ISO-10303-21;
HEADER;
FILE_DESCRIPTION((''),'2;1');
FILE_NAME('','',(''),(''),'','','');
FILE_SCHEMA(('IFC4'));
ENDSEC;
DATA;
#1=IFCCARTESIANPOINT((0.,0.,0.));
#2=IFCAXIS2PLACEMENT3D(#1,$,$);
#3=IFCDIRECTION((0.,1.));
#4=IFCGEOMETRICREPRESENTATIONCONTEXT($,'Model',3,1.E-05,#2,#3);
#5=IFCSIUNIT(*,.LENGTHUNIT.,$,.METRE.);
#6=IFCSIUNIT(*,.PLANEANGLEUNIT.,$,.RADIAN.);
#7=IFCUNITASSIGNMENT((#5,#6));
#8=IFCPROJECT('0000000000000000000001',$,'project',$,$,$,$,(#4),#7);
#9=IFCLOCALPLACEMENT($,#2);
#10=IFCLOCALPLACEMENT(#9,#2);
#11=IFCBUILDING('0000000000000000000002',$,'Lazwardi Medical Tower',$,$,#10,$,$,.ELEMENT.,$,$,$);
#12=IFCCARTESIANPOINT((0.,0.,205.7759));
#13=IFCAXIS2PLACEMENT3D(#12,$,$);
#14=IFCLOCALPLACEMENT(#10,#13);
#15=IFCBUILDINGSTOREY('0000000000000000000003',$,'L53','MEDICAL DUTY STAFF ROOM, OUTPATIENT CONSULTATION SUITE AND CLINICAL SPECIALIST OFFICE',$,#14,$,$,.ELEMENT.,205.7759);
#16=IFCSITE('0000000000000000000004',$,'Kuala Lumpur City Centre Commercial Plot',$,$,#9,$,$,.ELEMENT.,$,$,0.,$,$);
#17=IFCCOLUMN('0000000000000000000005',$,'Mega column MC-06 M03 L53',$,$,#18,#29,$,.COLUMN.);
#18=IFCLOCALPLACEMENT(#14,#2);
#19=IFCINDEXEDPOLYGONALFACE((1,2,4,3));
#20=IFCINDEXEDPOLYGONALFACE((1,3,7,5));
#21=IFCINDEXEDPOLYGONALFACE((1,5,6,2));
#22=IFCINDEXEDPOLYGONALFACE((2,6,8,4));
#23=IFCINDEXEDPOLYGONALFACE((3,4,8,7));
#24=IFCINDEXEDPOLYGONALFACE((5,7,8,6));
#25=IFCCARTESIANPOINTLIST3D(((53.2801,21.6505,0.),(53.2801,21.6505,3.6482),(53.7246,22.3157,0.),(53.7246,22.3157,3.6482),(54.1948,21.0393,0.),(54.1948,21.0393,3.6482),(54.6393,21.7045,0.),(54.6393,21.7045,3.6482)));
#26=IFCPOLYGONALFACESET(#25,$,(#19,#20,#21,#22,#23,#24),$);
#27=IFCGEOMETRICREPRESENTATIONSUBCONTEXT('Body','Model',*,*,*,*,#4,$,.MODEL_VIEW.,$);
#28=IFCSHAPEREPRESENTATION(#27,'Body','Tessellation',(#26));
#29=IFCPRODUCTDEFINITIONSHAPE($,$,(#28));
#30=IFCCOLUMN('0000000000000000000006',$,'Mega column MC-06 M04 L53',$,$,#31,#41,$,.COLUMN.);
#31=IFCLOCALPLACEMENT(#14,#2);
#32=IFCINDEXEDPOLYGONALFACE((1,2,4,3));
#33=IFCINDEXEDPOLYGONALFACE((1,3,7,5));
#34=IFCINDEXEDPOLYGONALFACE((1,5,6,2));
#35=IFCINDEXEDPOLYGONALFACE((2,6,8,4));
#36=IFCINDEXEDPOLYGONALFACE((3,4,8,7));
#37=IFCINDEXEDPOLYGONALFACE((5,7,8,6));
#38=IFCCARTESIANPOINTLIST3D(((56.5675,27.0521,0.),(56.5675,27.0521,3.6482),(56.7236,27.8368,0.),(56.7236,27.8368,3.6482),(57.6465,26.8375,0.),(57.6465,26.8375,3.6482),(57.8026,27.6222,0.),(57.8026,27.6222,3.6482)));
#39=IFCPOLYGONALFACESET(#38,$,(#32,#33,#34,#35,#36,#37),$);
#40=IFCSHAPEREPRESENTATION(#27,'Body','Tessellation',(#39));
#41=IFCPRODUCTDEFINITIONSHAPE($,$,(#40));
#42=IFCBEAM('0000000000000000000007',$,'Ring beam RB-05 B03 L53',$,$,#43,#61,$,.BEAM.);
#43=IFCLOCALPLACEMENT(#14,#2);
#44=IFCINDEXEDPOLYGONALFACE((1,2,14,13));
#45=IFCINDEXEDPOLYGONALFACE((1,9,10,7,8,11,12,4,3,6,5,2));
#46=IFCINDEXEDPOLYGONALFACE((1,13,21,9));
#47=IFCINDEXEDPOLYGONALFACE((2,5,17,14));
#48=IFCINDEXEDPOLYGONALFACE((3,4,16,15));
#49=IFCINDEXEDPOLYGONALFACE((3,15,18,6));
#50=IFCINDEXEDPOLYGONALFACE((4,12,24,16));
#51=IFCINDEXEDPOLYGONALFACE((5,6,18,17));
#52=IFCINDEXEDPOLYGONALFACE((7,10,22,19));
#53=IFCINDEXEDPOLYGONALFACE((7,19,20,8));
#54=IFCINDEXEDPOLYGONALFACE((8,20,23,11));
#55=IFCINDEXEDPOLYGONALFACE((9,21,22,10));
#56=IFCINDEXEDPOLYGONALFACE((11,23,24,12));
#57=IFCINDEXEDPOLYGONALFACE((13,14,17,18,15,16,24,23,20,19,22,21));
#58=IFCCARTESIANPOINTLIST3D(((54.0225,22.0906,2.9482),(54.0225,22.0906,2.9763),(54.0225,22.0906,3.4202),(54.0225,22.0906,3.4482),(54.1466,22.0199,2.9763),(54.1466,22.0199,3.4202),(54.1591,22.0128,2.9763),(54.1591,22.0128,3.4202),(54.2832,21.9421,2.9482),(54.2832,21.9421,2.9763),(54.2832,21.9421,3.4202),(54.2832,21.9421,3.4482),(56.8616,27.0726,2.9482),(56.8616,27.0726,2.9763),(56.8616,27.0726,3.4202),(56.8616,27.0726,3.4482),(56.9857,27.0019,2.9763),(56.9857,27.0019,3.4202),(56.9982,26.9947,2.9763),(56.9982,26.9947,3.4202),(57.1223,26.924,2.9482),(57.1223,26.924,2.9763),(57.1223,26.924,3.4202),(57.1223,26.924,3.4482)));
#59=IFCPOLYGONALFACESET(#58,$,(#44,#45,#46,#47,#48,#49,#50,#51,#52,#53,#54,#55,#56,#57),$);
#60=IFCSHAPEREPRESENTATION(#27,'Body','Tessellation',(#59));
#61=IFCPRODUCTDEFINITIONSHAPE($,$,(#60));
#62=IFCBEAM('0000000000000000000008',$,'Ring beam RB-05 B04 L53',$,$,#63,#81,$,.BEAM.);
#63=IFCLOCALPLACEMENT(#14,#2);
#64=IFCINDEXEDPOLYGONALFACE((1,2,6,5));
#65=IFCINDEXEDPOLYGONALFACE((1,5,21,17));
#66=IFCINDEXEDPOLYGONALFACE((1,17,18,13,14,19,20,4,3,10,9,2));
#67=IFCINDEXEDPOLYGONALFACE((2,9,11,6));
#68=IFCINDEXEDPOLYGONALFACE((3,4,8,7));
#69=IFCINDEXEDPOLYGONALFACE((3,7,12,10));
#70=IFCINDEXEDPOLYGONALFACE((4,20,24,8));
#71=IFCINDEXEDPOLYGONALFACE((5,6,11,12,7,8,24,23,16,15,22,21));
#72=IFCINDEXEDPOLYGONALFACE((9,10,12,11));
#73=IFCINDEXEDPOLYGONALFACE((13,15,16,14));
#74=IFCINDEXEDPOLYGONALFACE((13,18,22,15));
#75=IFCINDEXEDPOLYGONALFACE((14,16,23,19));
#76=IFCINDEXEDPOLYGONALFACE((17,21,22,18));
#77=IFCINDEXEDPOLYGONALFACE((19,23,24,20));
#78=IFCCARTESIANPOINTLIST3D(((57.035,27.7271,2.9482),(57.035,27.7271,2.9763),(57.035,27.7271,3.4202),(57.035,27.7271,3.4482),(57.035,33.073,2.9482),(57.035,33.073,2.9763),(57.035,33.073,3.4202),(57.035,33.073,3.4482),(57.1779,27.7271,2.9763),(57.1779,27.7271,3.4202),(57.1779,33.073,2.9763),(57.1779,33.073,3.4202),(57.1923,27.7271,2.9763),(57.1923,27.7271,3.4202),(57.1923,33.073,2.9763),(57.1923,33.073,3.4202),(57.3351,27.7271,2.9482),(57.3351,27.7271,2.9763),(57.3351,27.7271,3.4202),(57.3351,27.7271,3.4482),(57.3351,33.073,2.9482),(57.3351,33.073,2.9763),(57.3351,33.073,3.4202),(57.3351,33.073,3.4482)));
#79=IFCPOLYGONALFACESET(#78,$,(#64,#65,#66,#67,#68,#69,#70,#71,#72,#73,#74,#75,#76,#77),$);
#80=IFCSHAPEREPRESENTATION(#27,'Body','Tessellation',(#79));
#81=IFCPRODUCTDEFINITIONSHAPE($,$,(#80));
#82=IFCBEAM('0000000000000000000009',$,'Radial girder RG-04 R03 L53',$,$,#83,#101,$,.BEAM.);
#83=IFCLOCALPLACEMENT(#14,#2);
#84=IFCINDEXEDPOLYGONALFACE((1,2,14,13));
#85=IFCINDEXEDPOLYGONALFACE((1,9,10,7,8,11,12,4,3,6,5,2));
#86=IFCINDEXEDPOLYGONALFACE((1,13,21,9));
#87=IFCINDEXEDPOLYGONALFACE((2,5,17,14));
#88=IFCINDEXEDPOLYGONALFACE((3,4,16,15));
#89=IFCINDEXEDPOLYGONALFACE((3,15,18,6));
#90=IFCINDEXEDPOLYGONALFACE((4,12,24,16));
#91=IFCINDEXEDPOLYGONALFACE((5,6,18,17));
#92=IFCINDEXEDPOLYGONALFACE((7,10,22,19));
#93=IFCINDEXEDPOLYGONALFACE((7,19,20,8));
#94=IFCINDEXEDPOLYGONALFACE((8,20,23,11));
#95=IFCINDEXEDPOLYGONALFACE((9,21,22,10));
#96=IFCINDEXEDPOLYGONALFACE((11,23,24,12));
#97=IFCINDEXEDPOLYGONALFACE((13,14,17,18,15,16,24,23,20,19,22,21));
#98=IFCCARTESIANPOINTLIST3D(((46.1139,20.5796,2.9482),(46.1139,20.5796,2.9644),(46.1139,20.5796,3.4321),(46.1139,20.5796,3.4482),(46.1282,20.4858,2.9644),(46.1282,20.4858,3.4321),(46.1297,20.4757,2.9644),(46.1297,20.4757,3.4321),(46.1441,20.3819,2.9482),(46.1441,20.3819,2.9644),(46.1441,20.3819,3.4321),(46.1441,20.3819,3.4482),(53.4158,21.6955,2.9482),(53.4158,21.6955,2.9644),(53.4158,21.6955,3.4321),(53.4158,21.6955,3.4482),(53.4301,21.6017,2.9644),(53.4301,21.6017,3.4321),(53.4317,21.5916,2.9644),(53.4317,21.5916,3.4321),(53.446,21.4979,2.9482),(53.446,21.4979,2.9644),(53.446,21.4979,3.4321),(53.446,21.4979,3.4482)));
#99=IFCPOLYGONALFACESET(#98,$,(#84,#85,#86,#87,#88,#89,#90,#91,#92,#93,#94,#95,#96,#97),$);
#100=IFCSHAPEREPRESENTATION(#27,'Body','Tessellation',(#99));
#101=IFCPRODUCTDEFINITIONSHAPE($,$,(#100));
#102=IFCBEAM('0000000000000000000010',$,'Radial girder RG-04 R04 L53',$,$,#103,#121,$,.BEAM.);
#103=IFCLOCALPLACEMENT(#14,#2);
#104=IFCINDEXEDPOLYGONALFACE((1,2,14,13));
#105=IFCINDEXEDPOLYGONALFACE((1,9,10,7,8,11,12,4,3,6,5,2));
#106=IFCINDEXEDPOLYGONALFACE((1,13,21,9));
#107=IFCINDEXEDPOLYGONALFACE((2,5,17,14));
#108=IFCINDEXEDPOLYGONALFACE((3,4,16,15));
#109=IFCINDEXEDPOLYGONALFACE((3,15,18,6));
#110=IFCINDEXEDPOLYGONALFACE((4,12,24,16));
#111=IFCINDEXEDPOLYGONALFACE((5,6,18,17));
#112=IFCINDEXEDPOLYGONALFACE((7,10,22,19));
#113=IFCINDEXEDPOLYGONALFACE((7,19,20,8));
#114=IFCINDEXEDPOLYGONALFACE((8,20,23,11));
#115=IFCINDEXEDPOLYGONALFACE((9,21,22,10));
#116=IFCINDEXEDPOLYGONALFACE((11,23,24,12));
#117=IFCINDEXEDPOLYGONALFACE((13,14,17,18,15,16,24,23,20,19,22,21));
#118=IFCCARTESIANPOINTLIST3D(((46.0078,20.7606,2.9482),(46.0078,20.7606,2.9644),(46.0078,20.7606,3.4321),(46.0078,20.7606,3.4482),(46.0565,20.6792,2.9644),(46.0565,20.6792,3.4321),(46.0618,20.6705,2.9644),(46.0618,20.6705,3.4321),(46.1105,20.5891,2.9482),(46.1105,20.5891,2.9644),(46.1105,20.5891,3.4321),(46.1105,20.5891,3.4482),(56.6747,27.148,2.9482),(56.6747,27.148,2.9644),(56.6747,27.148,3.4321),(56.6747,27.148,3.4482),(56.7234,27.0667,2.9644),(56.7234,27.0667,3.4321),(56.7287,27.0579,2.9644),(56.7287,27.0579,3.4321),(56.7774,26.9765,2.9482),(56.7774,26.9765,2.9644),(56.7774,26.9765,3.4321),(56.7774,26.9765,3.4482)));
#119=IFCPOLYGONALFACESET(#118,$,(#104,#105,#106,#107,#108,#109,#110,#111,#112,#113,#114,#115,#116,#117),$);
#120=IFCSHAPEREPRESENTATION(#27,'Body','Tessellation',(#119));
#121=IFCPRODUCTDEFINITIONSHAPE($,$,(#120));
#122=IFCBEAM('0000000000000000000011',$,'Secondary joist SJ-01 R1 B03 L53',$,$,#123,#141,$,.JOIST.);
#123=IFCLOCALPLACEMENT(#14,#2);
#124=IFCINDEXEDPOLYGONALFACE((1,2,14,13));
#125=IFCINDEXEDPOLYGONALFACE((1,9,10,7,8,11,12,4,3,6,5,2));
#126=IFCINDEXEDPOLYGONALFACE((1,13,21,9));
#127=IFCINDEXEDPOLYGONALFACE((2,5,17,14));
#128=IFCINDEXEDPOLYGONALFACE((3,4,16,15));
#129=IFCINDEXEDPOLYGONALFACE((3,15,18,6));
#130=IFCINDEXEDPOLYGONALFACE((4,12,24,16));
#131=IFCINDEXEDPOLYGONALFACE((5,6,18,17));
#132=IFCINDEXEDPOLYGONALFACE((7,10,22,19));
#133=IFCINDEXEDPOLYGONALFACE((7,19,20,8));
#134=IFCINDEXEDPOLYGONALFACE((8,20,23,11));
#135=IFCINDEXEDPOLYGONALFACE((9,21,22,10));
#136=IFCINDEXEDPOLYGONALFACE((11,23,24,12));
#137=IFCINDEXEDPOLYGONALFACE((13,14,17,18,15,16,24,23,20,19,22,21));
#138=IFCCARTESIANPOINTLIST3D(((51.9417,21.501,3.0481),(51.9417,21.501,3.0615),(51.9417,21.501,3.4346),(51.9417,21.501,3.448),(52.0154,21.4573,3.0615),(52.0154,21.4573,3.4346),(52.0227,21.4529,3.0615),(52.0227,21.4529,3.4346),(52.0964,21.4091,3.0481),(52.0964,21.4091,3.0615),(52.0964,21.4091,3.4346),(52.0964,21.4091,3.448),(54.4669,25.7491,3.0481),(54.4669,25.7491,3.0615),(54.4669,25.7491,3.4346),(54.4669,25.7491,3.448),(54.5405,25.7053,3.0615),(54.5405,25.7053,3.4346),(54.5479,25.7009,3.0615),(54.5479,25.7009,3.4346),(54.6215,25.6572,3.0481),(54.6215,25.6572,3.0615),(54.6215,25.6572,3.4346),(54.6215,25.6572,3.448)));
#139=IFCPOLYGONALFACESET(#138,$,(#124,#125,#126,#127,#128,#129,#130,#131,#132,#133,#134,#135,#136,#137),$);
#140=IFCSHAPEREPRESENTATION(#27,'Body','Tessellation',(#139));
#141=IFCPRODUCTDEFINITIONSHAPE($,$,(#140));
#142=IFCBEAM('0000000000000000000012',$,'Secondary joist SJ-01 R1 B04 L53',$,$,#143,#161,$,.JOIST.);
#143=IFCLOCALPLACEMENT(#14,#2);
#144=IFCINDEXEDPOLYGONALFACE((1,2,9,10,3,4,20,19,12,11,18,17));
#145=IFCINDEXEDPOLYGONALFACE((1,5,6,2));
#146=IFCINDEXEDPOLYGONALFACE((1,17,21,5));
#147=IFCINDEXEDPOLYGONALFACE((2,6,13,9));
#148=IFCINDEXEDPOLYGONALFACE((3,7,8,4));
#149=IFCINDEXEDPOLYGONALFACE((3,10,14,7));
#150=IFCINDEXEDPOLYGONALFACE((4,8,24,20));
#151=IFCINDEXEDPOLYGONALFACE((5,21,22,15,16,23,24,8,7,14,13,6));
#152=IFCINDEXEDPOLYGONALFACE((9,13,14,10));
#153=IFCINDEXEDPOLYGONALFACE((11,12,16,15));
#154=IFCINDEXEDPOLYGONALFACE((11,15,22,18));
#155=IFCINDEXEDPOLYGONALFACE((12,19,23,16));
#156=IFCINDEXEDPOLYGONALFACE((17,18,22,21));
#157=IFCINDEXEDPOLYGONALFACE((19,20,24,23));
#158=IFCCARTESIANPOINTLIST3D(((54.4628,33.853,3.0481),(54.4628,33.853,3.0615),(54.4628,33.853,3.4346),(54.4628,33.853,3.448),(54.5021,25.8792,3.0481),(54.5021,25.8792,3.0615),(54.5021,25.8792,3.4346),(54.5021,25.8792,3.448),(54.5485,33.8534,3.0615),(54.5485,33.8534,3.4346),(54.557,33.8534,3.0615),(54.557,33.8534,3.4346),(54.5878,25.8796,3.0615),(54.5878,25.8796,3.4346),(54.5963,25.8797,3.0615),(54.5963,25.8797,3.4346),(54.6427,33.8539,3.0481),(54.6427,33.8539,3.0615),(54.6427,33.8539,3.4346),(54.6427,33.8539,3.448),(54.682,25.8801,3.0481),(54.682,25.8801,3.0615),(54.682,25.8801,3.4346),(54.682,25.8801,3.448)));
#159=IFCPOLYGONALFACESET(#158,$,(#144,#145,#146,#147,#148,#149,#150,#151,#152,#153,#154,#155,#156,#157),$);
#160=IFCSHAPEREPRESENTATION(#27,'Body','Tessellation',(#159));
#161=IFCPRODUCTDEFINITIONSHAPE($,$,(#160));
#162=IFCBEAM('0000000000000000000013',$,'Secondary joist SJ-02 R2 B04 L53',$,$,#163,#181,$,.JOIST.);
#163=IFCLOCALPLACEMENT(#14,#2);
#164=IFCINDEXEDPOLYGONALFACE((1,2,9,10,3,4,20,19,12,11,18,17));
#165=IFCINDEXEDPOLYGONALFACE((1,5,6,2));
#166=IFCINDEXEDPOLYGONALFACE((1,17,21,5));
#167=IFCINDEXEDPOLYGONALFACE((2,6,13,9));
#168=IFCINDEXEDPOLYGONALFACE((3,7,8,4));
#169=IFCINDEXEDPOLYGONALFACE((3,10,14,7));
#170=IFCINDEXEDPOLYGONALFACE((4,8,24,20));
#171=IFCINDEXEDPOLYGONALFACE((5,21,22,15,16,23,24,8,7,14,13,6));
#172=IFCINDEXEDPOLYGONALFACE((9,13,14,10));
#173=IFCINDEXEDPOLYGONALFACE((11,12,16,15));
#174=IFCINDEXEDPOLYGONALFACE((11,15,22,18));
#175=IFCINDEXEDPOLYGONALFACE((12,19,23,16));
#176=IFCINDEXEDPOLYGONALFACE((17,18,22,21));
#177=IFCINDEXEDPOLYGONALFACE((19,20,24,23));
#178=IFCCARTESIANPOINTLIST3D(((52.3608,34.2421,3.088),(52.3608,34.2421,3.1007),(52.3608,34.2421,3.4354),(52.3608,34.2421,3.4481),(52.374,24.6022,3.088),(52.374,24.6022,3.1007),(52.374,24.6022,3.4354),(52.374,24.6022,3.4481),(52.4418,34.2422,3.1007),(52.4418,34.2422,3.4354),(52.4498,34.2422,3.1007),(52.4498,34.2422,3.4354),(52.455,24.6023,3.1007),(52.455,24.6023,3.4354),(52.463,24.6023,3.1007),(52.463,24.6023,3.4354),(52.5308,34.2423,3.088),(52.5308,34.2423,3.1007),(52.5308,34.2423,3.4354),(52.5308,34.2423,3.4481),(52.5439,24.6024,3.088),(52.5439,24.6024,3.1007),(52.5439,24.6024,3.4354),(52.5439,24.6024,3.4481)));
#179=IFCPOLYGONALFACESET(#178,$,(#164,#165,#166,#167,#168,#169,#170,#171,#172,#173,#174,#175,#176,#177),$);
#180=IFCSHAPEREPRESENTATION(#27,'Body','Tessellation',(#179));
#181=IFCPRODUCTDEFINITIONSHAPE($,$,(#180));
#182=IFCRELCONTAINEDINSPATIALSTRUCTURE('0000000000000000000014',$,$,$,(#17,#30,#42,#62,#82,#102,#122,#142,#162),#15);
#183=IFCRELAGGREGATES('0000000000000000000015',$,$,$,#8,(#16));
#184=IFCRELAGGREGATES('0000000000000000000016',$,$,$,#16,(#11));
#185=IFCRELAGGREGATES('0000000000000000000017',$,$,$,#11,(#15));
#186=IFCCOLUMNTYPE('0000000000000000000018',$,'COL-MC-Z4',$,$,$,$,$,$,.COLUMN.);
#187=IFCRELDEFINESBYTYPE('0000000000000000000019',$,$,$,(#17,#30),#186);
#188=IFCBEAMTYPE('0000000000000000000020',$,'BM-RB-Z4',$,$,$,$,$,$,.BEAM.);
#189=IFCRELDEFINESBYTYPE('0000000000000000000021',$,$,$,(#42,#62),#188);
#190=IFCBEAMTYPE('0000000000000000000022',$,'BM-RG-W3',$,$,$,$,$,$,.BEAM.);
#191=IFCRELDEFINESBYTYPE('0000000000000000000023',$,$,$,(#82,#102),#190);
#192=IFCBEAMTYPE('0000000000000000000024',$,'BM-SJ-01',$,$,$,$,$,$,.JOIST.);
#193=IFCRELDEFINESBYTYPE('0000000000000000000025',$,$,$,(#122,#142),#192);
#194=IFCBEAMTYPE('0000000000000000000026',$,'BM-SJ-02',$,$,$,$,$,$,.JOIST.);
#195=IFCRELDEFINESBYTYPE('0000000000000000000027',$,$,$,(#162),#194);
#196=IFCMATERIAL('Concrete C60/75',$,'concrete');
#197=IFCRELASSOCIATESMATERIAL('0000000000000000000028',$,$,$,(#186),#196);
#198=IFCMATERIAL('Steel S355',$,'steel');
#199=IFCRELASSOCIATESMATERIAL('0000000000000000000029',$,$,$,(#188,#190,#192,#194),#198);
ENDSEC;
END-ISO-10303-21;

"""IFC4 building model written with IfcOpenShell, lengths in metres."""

from ifc_helpers import new_model, si_unit, direction, frame, origin, origin_2d, place, context, subcontext, project, spatial, rectangle, i_section, extrude, material, material_profile, profile_set, type_object, element, save


model = new_model("IFC4")

# Units and contexts
model_context = context("Model", 3, precision=1e-05, world=origin(), true_north=direction((0.0, 1.0)))
body_context = subcontext(model_context, "Body", "Model", "MODEL_VIEW")
ifc_project = project(units=[si_unit("LENGTHUNIT", "METRE"), si_unit("PLANEANGLEUNIT", "RADIAN")], contexts=[model_context])

# Site, building, storey
site_placement = place(None, origin())
site = spatial("IfcSite", under=ifc_project, at=site_placement, Name="Kuala Lumpur City Centre Commercial Plot", CompositionType="ELEMENT", RefElevation=0.0)
building_placement = place(site_placement, origin())
building = spatial("IfcBuilding", under=site, at=building_placement, Name="Lazwardi Medical Tower", CompositionType="ELEMENT")
storey_placement = place(building_placement, frame((0.0, 0.0, 205.7759)))
storey = spatial("IfcBuildingStorey", under=building, at=storey_placement, Name="L53", Description="MEDICAL DUTY STAFF ROOM, OUTPATIENT CONSULTATION SUITE AND CLINICAL SPECIALIST OFFICE", CompositionType="ELEMENT", Elevation=205.7759)

# Columns
ifc_material_1 = material(Name="Concrete C60/75", Category="concrete")
ifc_material_profile_1 = material_profile(ifc_material_1, rectangle(XDim=1.1001, YDim=0.8, at=origin_2d()), Name="CFT-RECT 1100x800")
ifc_profile_set_1 = profile_set([ifc_material_profile_1], Name="Concrete C60/75")
column_type = type_object("IfcColumnType", Name="COL-MC-Z4", PredefinedType="COLUMN", material=ifc_profile_set_1)
for number, where, z_axis, x_axis, name in (
    (1, (53.9597, 21.6775, 0.0), (0.0, 0.0, 1.0), (0.83147, -0.55557, 0.0), "Mega column MC-06 M03 L53"),
    (2, (57.1851, 27.3372, 0.0), (0.0, 0.0, 1.0), (0.980785, -0.19509, 0.0), "Mega column MC-06 M04 L53"),
):
    element("IfcColumn", number, at=place(storey_placement, frame(where, z_axis=z_axis, x_axis=x_axis)), inside=storey, type_object=column_type, Name=name, PredefinedType="COLUMN", context=body_context, shape_type="SweptSolid", body=[
        extrude(rectangle(XDim=1.1001, YDim=0.8, at=origin_2d()), origin(), (0.0, 0.0, 1.0), 3.6482),
    ])

# Beams
ifc_material_2 = material(Name="Steel S355", Category="steel")
ifc_material_profile_2 = material_profile(ifc_material_2, i_section(OverallWidth=0.3, OverallDepth=0.5, WebThickness=0.0144, FlangeThickness=0.0281, at=origin_2d()), Name="HEB 500")
ifc_profile_set_2 = profile_set([ifc_material_profile_2], Name="Steel S355")
beam_type_1 = type_object("IfcBeamType", Name="BM-RB-Z4", PredefinedType="BEAM", material=ifc_profile_set_2)
beam_1_placement = place(storey_placement, frame((54.1528, 22.0164, 3.1982), z_axis=(0.495125, 0.868822, 0.0), x_axis=(-0.868822, 0.495125, 0.0)))
element("IfcBeam", 3, at=beam_1_placement, inside=storey, type_object=beam_type_1, Name="Ring beam RB-05 B03 L53", PredefinedType="BEAM", context=body_context, shape_type="SweptSolid", body=[
    extrude(i_section(OverallWidth=0.3, OverallDepth=0.5, WebThickness=0.0144, FlangeThickness=0.0281, at=origin_2d()), origin(), (0.0, 0.0, 1.0), 5.7341),
])
beam_2_placement = place(storey_placement, frame((57.1851, 27.7271, 3.1982), z_axis=(0.0, 1.0, 0.0), x_axis=(-1.0, 0.0, 0.0)))
element("IfcBeam", 4, at=beam_2_placement, inside=storey, type_object=beam_type_1, Name="Ring beam RB-05 B04 L53", PredefinedType="BEAM", context=body_context, shape_type="SweptSolid", body=[
    extrude(i_section(OverallWidth=0.3, OverallDepth=0.5, WebThickness=0.0144, FlangeThickness=0.0281, at=origin_2d()), origin(), (0.0, 0.0, 1.0), 5.3459),
])
ifc_material_profile_3 = material_profile(ifc_material_2, i_section(OverallWidth=0.2, OverallDepth=0.5, WebThickness=0.0103, FlangeThickness=0.0161, at=origin_2d()), Name="IPE 500")
ifc_profile_set_3 = profile_set([ifc_material_profile_3], Name="Steel S355")
beam_type_2 = type_object("IfcBeamType", Name="BM-RG-W3", PredefinedType="BEAM", material=ifc_profile_set_3)
beam_3_placement = place(storey_placement, frame((53.4309, 21.5967, 3.1982), z_axis=(-0.988522, -0.151076, 0.0), x_axis=(0.151076, -0.988522, 0.0)))
element("IfcBeam", 5, at=beam_3_placement, inside=storey, type_object=beam_type_2, Name="Radial girder RG-04 R03 L53", PredefinedType="BEAM", context=body_context, shape_type="SweptSolid", body=[
    extrude(i_section(OverallWidth=0.2, OverallDepth=0.5, WebThickness=0.0103, FlangeThickness=0.0161, at=origin_2d()), origin(), (0.0, 0.0, 1.0), 7.3867),
])
beam_4_placement = place(storey_placement, frame((56.7261, 27.0623, 3.1982), z_axis=(-0.857945, -0.513742, 0.0), x_axis=(0.513742, -0.857945, 0.0)))
element("IfcBeam", 6, at=beam_4_placement, inside=storey, type_object=beam_type_2, Name="Radial girder RG-04 R04 L53", PredefinedType="BEAM", context=body_context, shape_type="SweptSolid", body=[
    extrude(i_section(OverallWidth=0.2, OverallDepth=0.5, WebThickness=0.0103, FlangeThickness=0.0161, at=origin_2d()), origin(), (0.0, 0.0, 1.0), 12.4331),
])
ifc_material_profile_4 = material_profile(ifc_material_2, i_section(OverallWidth=0.1799, OverallDepth=0.3999, WebThickness=0.0085, FlangeThickness=0.0134, at=origin_2d()), Name="IPE 400")
ifc_profile_set_4 = profile_set([ifc_material_profile_4], Name="Steel S355")
beam_type_3 = type_object("IfcBeamType", Name="BM-SJ-01", PredefinedType="JOIST", material=ifc_profile_set_4)
beam_5_placement = place(storey_placement, frame((52.019, 21.4551, 3.248), z_axis=(0.510968, 0.8596, 0.0), x_axis=(-0.8596, 0.510968, 0.0)))
element("IfcBeam", 7, at=beam_5_placement, inside=storey, type_object=beam_type_3, Name="Secondary joist SJ-01 R1 B03 L53", PredefinedType="JOIST", context=body_context, shape_type="SweptSolid", body=[
    extrude(i_section(OverallWidth=0.1799, OverallDepth=0.3999, WebThickness=0.0085, FlangeThickness=0.0134, at=origin_2d()), origin(), (0.0, 0.0, 1.0), 4.9419),
])
beam_6_placement = place(storey_placement, frame((54.592, 25.8796, 3.248), z_axis=(-0.004929, 0.999988, 0.0), x_axis=(-0.999988, -0.004929, 0.0)))
element("IfcBeam", 8, at=beam_6_placement, inside=storey, type_object=beam_type_3, Name="Secondary joist SJ-01 R1 B04 L53", PredefinedType="JOIST", context=body_context, shape_type="SweptSolid", body=[
    extrude(i_section(OverallWidth=0.1799, OverallDepth=0.3999, WebThickness=0.0085, FlangeThickness=0.0134, at=origin_2d()), origin(), (0.0, 0.0, 1.0), 7.9739),
])
ifc_material_profile_5 = material_profile(ifc_material_2, i_section(OverallWidth=0.1699, OverallDepth=0.3601, WebThickness=0.0081, FlangeThickness=0.0127, at=origin_2d()), Name="IPE 360")
ifc_profile_set_5 = profile_set([ifc_material_profile_5], Name="Steel S355")
beam_type_4 = type_object("IfcBeamType", Name="BM-SJ-02", PredefinedType="JOIST", material=ifc_profile_set_5)
beam_7_placement = place(storey_placement, frame((52.459, 24.6023, 3.2681), z_axis=(-0.001368, 0.999999, 0.0), x_axis=(-0.999999, -0.001368, 0.0)))
element("IfcBeam", 9, at=beam_7_placement, inside=storey, type_object=beam_type_4, Name="Secondary joist SJ-02 R2 B04 L53", PredefinedType="JOIST", context=body_context, shape_type="SweptSolid", body=[
    extrude(i_section(OverallWidth=0.1699, OverallDepth=0.3601, WebThickness=0.0081, FlangeThickness=0.0127, at=origin_2d()), origin(), (0.0, 0.0, 1.0), 9.6399),
])

save(model, "model.ifc")
